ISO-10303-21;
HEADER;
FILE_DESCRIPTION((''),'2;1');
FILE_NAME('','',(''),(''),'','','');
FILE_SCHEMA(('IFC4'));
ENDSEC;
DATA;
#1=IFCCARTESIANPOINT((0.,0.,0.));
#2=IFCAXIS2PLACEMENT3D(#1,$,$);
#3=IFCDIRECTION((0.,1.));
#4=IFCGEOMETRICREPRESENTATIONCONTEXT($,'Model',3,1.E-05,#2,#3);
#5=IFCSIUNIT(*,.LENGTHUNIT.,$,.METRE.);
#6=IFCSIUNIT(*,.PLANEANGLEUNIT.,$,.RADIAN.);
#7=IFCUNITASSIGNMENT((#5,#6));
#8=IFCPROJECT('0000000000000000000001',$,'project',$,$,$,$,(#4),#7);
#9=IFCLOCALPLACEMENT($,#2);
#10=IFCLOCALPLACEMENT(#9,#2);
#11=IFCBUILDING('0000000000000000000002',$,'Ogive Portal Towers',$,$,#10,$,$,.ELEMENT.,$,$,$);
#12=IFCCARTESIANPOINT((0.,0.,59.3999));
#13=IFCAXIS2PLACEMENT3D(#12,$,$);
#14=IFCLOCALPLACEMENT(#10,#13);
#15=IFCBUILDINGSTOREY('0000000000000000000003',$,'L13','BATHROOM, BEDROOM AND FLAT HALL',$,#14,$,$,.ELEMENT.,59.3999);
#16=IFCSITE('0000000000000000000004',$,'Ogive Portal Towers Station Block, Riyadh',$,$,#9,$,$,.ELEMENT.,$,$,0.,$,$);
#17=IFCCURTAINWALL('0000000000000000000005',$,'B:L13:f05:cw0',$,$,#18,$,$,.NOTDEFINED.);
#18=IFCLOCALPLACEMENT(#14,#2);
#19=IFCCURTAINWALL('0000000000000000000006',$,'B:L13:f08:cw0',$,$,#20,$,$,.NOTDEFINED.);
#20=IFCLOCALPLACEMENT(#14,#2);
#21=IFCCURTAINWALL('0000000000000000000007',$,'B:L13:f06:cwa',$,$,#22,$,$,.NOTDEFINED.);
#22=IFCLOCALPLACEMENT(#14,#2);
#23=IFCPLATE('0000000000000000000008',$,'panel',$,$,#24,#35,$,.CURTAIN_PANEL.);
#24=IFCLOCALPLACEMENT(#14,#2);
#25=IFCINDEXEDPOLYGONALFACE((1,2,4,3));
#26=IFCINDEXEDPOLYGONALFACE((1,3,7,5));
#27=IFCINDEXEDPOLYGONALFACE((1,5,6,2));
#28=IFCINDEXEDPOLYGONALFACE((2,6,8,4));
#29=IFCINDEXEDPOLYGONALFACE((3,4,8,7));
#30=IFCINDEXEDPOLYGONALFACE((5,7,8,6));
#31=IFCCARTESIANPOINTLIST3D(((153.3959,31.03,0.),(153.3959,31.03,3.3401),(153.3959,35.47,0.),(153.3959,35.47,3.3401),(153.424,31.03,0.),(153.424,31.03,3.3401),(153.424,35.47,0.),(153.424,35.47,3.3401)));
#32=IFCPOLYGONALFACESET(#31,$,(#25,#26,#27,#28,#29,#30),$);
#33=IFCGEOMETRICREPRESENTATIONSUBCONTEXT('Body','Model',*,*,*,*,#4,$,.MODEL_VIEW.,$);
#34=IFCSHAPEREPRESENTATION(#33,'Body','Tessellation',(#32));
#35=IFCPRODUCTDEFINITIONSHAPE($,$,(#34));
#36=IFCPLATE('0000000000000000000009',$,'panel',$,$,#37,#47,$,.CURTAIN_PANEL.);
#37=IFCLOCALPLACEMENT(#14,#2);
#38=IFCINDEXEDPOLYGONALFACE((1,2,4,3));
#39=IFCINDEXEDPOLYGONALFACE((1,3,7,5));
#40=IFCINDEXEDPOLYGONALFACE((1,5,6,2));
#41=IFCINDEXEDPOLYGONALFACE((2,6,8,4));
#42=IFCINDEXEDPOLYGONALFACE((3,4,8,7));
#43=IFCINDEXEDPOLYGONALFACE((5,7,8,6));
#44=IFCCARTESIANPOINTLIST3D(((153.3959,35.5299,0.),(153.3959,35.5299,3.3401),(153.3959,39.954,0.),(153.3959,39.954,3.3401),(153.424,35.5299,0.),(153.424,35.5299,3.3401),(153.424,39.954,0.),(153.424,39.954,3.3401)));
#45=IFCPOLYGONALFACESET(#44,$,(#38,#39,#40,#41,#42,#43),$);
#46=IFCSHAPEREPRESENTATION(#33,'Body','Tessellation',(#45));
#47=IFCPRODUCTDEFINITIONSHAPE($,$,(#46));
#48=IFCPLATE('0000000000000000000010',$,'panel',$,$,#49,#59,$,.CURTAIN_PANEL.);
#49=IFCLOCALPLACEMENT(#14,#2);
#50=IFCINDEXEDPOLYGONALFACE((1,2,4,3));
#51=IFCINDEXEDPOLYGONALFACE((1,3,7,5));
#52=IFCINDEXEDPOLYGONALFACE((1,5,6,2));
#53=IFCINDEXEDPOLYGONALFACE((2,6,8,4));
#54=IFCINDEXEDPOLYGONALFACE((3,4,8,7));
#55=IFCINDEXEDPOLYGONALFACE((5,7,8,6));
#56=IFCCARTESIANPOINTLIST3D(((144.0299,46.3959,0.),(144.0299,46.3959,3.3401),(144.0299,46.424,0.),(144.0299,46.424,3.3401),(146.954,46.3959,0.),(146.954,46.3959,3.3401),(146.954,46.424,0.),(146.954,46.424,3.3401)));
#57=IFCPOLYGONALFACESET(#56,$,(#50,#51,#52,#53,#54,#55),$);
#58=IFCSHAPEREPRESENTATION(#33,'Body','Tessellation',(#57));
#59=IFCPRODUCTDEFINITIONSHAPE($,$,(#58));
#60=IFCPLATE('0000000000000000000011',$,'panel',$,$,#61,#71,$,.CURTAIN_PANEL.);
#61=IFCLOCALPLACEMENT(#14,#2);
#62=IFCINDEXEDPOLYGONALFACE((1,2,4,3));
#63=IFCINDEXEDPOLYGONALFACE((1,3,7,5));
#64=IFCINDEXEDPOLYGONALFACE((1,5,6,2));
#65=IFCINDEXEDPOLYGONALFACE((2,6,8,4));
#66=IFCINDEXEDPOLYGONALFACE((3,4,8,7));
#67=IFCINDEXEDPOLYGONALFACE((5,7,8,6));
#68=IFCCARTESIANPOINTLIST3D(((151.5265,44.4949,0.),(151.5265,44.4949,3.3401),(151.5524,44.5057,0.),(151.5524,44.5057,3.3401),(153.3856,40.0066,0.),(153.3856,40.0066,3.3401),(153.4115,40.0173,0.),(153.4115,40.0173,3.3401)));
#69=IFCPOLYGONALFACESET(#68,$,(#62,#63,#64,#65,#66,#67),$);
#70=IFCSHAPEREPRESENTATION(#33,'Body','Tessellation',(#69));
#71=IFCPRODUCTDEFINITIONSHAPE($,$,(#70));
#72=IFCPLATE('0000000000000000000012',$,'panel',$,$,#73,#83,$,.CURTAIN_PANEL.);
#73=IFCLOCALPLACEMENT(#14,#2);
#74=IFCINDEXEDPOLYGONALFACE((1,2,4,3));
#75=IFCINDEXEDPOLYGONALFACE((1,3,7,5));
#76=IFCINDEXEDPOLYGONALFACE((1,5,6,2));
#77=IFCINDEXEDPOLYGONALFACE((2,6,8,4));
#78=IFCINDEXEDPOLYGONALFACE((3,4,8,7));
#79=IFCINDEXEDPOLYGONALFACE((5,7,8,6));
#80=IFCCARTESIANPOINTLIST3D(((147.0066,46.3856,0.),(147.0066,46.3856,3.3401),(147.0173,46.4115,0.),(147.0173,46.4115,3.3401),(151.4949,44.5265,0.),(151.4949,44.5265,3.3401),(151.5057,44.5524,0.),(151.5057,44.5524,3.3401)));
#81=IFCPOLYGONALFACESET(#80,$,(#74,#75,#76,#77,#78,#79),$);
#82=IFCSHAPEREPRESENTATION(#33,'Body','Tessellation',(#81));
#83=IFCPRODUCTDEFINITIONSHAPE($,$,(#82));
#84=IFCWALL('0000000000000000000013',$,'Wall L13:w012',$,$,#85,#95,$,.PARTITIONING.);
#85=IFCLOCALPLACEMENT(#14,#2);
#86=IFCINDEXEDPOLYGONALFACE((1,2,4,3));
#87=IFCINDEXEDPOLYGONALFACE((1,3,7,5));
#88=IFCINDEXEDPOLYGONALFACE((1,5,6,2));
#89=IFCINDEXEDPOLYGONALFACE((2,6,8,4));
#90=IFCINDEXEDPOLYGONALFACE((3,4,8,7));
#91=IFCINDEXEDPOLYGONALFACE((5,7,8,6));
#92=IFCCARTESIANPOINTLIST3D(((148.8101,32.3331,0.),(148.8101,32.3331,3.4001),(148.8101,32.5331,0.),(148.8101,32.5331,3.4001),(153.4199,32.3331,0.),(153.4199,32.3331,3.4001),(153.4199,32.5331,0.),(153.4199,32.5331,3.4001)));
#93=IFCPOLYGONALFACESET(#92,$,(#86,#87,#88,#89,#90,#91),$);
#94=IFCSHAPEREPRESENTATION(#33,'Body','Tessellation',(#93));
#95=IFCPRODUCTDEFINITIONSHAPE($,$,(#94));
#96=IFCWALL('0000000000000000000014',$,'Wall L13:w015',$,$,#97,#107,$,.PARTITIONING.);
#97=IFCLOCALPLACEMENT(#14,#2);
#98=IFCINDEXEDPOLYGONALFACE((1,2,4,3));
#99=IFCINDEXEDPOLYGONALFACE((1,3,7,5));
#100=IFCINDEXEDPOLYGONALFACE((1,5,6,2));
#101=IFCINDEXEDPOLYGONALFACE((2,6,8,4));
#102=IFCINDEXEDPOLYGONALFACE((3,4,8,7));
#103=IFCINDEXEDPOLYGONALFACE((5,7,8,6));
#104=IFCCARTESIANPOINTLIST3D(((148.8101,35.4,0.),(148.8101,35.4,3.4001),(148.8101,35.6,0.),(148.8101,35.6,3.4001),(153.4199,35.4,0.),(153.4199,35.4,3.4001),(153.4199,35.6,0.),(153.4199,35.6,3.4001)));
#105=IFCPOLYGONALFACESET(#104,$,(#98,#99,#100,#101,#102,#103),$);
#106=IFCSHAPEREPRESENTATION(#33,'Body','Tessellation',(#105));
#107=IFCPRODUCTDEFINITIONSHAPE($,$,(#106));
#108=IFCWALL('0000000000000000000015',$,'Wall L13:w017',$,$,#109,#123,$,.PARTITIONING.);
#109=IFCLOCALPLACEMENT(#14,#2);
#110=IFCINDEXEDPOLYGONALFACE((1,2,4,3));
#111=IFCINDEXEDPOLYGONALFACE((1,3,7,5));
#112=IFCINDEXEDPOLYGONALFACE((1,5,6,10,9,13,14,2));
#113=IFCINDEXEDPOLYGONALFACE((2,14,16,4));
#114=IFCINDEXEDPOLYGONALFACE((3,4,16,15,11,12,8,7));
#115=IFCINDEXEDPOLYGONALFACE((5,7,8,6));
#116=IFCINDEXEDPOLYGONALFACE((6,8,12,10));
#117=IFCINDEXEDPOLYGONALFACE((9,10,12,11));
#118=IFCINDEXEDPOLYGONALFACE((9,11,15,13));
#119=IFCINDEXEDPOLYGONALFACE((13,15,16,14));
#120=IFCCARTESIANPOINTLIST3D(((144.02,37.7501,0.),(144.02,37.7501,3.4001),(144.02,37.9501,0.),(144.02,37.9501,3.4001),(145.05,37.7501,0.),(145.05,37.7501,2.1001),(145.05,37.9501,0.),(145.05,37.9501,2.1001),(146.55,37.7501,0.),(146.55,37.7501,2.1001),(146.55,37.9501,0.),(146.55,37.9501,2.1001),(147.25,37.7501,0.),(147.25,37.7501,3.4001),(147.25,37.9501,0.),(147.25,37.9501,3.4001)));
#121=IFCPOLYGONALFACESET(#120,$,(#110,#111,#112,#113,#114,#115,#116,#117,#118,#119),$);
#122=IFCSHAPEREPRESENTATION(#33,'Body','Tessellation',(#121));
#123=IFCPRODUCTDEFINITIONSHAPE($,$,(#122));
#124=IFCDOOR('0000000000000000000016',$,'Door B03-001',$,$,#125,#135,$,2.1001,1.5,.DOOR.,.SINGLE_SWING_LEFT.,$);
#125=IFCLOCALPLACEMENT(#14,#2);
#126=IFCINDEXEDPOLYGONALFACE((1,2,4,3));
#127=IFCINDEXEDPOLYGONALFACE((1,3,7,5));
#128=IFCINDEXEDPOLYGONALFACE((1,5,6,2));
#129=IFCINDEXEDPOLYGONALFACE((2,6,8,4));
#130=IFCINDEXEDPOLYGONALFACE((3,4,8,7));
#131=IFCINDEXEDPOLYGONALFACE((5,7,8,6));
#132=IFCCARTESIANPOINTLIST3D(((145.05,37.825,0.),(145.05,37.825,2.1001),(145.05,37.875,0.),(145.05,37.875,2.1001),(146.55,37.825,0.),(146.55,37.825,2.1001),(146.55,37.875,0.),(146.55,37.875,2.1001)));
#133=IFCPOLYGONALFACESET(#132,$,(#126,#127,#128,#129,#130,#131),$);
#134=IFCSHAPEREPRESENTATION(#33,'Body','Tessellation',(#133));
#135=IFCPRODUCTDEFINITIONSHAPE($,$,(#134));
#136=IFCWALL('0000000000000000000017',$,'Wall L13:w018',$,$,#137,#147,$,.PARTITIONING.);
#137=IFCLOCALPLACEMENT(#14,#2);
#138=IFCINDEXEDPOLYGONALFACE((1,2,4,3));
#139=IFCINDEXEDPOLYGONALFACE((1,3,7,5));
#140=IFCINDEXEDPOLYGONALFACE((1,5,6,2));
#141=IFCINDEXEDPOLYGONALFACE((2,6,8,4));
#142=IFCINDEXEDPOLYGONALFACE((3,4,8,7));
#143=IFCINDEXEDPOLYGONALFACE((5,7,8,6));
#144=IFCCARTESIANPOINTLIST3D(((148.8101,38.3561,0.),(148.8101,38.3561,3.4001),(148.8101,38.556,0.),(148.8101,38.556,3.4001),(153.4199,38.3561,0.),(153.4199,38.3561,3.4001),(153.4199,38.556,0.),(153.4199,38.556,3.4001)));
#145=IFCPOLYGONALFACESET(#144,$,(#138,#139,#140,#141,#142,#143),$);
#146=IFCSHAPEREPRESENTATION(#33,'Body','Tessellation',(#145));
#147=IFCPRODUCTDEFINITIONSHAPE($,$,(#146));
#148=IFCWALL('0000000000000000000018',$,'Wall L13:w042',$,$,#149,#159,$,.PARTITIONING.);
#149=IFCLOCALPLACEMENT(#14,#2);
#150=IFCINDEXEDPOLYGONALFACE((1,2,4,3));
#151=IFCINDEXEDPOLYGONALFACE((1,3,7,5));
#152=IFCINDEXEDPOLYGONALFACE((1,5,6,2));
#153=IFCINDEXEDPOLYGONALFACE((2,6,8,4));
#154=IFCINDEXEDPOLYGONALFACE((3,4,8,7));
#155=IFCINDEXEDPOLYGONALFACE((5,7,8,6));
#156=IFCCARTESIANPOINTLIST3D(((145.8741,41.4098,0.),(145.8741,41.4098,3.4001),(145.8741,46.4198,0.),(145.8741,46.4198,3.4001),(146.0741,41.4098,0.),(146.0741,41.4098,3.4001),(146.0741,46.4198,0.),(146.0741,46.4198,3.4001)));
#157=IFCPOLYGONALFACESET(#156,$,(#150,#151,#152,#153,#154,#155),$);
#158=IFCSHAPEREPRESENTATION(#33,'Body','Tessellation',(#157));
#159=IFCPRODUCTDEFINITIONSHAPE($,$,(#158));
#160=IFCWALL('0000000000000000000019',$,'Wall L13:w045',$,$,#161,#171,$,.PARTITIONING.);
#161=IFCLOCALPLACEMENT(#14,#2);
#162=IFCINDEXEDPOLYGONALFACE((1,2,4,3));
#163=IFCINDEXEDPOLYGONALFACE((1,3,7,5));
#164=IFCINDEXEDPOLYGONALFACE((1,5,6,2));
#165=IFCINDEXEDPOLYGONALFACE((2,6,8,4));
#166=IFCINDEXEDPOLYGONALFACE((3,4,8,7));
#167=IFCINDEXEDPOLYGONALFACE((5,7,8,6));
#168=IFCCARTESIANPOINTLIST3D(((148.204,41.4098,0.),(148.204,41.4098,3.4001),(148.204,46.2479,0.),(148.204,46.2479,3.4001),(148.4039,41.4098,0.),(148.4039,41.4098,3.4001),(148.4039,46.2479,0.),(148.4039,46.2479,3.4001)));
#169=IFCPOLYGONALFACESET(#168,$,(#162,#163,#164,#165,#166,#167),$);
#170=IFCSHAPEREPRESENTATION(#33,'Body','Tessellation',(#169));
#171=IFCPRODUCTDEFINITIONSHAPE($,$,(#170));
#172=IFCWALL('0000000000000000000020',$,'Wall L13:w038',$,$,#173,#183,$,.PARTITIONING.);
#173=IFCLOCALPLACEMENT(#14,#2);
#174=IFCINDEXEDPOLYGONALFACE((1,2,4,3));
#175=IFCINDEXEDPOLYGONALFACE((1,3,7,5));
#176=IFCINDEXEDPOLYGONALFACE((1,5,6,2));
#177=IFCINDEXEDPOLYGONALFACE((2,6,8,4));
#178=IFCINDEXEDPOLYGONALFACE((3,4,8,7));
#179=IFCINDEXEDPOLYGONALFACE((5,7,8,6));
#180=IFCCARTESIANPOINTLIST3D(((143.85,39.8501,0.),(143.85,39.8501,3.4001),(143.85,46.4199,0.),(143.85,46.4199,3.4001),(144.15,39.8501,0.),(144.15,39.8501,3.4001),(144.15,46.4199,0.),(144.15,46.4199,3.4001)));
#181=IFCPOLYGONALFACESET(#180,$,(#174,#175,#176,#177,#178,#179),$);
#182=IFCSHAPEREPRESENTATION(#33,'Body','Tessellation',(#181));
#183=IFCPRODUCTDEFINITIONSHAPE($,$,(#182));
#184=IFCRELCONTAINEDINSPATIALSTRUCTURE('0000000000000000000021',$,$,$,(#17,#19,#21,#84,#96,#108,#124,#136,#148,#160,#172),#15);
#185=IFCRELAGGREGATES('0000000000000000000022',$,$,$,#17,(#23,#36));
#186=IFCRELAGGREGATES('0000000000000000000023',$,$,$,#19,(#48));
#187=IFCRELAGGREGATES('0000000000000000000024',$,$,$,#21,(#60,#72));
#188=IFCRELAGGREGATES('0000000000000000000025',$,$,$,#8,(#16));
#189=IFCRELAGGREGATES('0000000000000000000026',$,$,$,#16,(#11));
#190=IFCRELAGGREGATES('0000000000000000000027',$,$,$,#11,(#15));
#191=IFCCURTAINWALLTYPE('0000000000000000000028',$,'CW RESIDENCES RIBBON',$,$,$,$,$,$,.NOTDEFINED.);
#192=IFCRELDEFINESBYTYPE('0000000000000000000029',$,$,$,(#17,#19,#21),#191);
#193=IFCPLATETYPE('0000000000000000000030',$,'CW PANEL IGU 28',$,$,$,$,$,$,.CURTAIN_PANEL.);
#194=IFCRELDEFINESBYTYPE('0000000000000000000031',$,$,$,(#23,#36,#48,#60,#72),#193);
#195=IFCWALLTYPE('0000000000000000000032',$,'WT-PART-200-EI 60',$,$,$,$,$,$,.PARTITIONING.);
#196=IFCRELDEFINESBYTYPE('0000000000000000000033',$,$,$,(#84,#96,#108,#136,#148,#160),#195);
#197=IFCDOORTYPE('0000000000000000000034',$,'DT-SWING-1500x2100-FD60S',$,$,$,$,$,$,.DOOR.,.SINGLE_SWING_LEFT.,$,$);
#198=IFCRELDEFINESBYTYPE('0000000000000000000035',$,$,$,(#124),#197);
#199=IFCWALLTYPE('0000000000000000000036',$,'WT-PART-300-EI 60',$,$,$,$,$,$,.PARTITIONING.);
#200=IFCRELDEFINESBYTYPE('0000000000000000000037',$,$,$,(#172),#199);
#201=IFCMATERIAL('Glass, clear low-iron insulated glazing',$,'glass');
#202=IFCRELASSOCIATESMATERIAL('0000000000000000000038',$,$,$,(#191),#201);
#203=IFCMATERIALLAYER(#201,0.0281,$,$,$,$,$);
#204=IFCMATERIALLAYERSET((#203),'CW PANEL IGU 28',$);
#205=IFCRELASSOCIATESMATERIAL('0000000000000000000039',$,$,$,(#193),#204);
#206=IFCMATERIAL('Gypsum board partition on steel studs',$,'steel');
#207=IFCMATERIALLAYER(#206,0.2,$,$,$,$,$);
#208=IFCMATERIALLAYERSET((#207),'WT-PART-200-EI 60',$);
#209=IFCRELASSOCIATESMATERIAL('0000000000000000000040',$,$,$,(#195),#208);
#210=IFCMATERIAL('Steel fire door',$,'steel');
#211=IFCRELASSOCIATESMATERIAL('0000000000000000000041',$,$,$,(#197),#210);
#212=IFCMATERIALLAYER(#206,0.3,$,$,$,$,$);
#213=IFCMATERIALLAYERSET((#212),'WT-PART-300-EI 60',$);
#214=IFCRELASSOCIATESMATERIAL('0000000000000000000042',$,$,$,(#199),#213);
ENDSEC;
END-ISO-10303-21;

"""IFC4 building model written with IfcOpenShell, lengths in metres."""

from ifc_helpers import new_model, si_unit, direction, frame, frame_2d, origin, origin_2d, place, context, subcontext, project, spatial, rectangle, extrude, material, layer, layer_set, type_object, element, fill, aggregate, save


model = new_model("IFC4")

# Units and contexts
model_context = context("Model", 3, precision=1e-05, world=origin(), true_north=direction((0.0, 1.0)))
body_context = subcontext(model_context, "Body", "Model", "MODEL_VIEW")
ifc_project = project(units=[si_unit("LENGTHUNIT", "METRE"), si_unit("PLANEANGLEUNIT", "RADIAN")], contexts=[model_context])

# Site, building, storey
site_placement = place(None, origin())
site = spatial("IfcSite", under=ifc_project, at=site_placement, Name="Ogive Portal Towers Station Block, Riyadh", CompositionType="ELEMENT", RefElevation=0.0)
building_placement = place(site_placement, origin())
building = spatial("IfcBuilding", under=site, at=building_placement, Name="Ogive Portal Towers", CompositionType="ELEMENT")
storey_placement = place(building_placement, frame((0.0, 0.0, 59.3999)))
storey = spatial("IfcBuildingStorey", under=building, at=storey_placement, Name="L13", Description="BATHROOM, BEDROOM AND FLAT HALL", CompositionType="ELEMENT", Elevation=59.3999)

# Curtain walls
ifc_material_1 = material(Name="Glass, clear low-iron insulated glazing", Category="glass")
curtain_wall_type = type_object("IfcCurtainWallType", Name="CW RESIDENCES RIBBON", PredefinedType="NOTDEFINED", material=ifc_material_1)
curtain_wall_1_placement = place(storey_placement, origin())
curtain_wall_1 = element("IfcCurtainWall", 1, at=curtain_wall_1_placement, inside=storey, type_object=curtain_wall_type, Name="B:L13:f05:cw0", PredefinedType="NOTDEFINED")
curtain_wall_2_placement = place(storey_placement, origin())
curtain_wall_2 = element("IfcCurtainWall", 2, at=curtain_wall_2_placement, inside=storey, type_object=curtain_wall_type, Name="B:L13:f08:cw0", PredefinedType="NOTDEFINED")

# Curtain wall
curtain_wall_3_placement = place(storey_placement, origin())
curtain_wall_3 = element("IfcCurtainWall", 3, at=curtain_wall_3_placement, inside=storey, type_object=curtain_wall_type, Name="B:L13:f06:cwa", PredefinedType="NOTDEFINED")

# Plates
ifc_layer_1 = layer(ifc_material_1, 0.0281)
ifc_layer_set_1 = layer_set([ifc_layer_1], Name="CW PANEL IGU 28")
plate_type = type_object("IfcPlateType", Name="CW PANEL IGU 28", PredefinedType="CURTAIN_PANEL", material=ifc_layer_set_1)
plate_1_placement = place(storey_placement, frame((153.4099, 33.25, 0.0), z_axis=(0.0, 0.0, 1.0), x_axis=(0.0, 1.0, 0.0)))
plate_1 = element("IfcPlate", 4, at=plate_1_placement, type_object=plate_type, Name="panel", PredefinedType="CURTAIN_PANEL", context=body_context, shape_type="SweptSolid", body=[
    extrude(rectangle(XDim=4.4399, YDim=0.0281, at=origin_2d()), origin(), (0.0, 0.0, 1.0), 3.3401),
])
plate_2_placement = place(storey_placement, frame((153.4099, 37.7419, 0.0), z_axis=(0.0, 0.0, 1.0), x_axis=(0.0, 1.0, 0.0)))
plate_2 = element("IfcPlate", 5, at=plate_2_placement, type_object=plate_type, Name="panel", PredefinedType="CURTAIN_PANEL", context=body_context, shape_type="SweptSolid", body=[
    extrude(rectangle(XDim=4.4241, YDim=0.0281, at=origin_2d()), origin(), (0.0, 0.0, 1.0), 3.3401),
])
aggregate(curtain_wall_1, [plate_1, plate_2])
plate_3_placement = place(storey_placement, frame((145.4919, 46.4099, 0.0), z_axis=(0.0, 0.0, 1.0), x_axis=(-1.0, 0.0, 0.0)))
plate_3 = element("IfcPlate", 6, at=plate_3_placement, type_object=plate_type, Name="panel", PredefinedType="CURTAIN_PANEL", context=body_context, shape_type="SweptSolid", body=[
    extrude(rectangle(XDim=2.9241, YDim=0.0281, at=origin_2d()), origin(), (0.0, 0.0, 1.0), 3.3401),
])
aggregate(curtain_wall_2, [plate_3])
plate_4_placement = place(storey_placement, frame((152.469, 42.2561, 0.0), z_axis=(0.0, 0.0, 1.0), x_axis=(-0.382683, 0.92388, 0.0)))
plate_4 = element("IfcPlate", 7, at=plate_4_placement, type_object=plate_type, Name="panel", PredefinedType="CURTAIN_PANEL", context=body_context, shape_type="SweptSolid", body=[
    extrude(rectangle(XDim=4.8582, YDim=0.0281, at=origin_2d()), origin(), (0.0, 0.0, 1.0), 3.3401),
])
plate_5_placement = place(storey_placement, frame((149.2561, 45.469, 0.0), z_axis=(0.0, 0.0, 1.0), x_axis=(-0.92388, 0.382683, 0.0)))
plate_5 = element("IfcPlate", 8, at=plate_5_placement, type_object=plate_type, Name="panel", PredefinedType="CURTAIN_PANEL", context=body_context, shape_type="SweptSolid", body=[
    extrude(rectangle(XDim=4.8582, YDim=0.0281, at=origin_2d()), origin(), (0.0, 0.0, 1.0), 3.3401),
])
aggregate(curtain_wall_3, [plate_4, plate_5])

# Walls
ifc_material_2 = material(Name="Gypsum board partition on steel studs", Category="steel")
ifc_layer_2 = layer(ifc_material_2, 0.2)
ifc_layer_set_2 = layer_set([ifc_layer_2], Name="WT-PART-200-EI 60")
wall_type_1 = type_object("IfcWallType", Name="WT-PART-200-EI 60", PredefinedType="PARTITIONING", material=ifc_layer_set_2)
for number, where, z_axis, x_axis, name in (
    (9, (148.8101, 32.4331, 0.0), (0.0, 0.0, 1.0), (1.0, 0.0, 0.0), "Wall L13:w012"),
    (10, (148.8101, 35.5, 0.0), (0.0, 0.0, 1.0), (1.0, 0.0, 0.0), "Wall L13:w015"),
):
    element("IfcWall", number, at=place(storey_placement, frame(where, z_axis=z_axis, x_axis=x_axis)), inside=storey, type_object=wall_type_1, Name=name, PredefinedType="PARTITIONING", context=body_context, shape_type="SweptSolid", body=[
        extrude(rectangle(XDim=4.6099, YDim=0.2, at=frame_2d((2.3049, 0.0))), origin(), (0.0, 0.0, 1.0), 3.4001),
    ])

# Wall, opening, door
wall_1_placement = place(storey_placement, frame((144.02, 37.8501, 0.0), z_axis=(0.0, 0.0, 1.0), x_axis=(1.0, 0.0, 0.0)))
wall_1 = element("IfcWall", 11, at=wall_1_placement, inside=storey, type_object=wall_type_1, Name="Wall L13:w017", PredefinedType="PARTITIONING", context=body_context, shape_type="SweptSolid", body=[
    extrude(rectangle(XDim=3.23, YDim=0.2, at=frame_2d((1.615, 0.0))), origin(), (0.0, 0.0, 1.0), 3.4001),
])
opening_placement = place(wall_1_placement, frame((1.03, 0.0, 0.0)))
opening = element("IfcOpeningElement", 12, at=opening_placement, cuts=wall_1, PredefinedType="OPENING", context=body_context, shape_type="SweptSolid", body=[
    extrude(rectangle(XDim=1.5, YDim=2.1001, at=frame_2d((0.75, 1.05))), frame((0.0, 0.1099, 0.0), z_axis=(0.0, -1.0, 0.0), x_axis=(1.0, 0.0, 0.0)), (0.0, 0.0, 1.0), 0.22),
])
ifc_material_3 = material(Name="Steel fire door", Category="steel")
door_type = type_object("IfcDoorType", Name="DT-SWING-1500x2100-FD60S", OperationType="SINGLE_SWING_LEFT", PredefinedType="DOOR", material=ifc_material_3)
door_placement = place(opening_placement, origin())
door = element("IfcDoor", 13, at=door_placement, inside=storey, type_object=door_type, Name="Door B03-001", OperationType="SINGLE_SWING_LEFT", OverallHeight=2.1001, OverallWidth=1.5, PredefinedType="DOOR", context=body_context, shape_type="SweptSolid", body=[
    extrude(rectangle(XDim=1.5, YDim=2.1001, at=frame_2d((0.75, 1.05))), frame((0.0, 0.0249, 0.0), z_axis=(0.0, -1.0, 0.0), x_axis=(1.0, 0.0, 0.0)), (0.0, 0.0, 1.0), 0.05),
])
fill(opening, door)

# Walls
wall_2_placement = place(storey_placement, frame((148.8101, 38.4561, 0.0), z_axis=(0.0, 0.0, 1.0), x_axis=(1.0, 0.0, 0.0)))
element("IfcWall", 14, at=wall_2_placement, inside=storey, type_object=wall_type_1, Name="Wall L13:w018", PredefinedType="PARTITIONING", context=body_context, shape_type="SweptSolid", body=[
    extrude(rectangle(XDim=4.6099, YDim=0.2, at=frame_2d((2.3049, 0.0))), origin(), (0.0, 0.0, 1.0), 3.4001),
])
wall_3_placement = place(storey_placement, frame((145.9741, 41.4099, 0.0), z_axis=(0.0, 0.0, 1.0), x_axis=(0.0, 1.0, 0.0)))
element("IfcWall", 15, at=wall_3_placement, inside=storey, type_object=wall_type_1, Name="Wall L13:w042", PredefinedType="PARTITIONING", context=body_context, shape_type="SweptSolid", body=[
    extrude(rectangle(XDim=5.01, YDim=0.2, at=frame_2d((2.5049, 0.0))), origin(), (0.0, 0.0, 1.0), 3.4001),
])
wall_4_placement = place(storey_placement, frame((148.304, 41.4099, 0.0), z_axis=(0.0, 0.0, 1.0), x_axis=(0.0, 1.0, 0.0)))
element("IfcWall", 16, at=wall_4_placement, inside=storey, type_object=wall_type_1, Name="Wall L13:w045", PredefinedType="PARTITIONING", context=body_context, shape_type="SweptSolid", body=[
    extrude(rectangle(XDim=4.8381, YDim=0.2, at=frame_2d((2.4189, 0.0))), origin(), (0.0, 0.0, 1.0), 3.4001),
])
ifc_layer_3 = layer(ifc_material_2, 0.3)
ifc_layer_set_3 = layer_set([ifc_layer_3], Name="WT-PART-300-EI 60")
wall_type_2 = type_object("IfcWallType", Name="WT-PART-300-EI 60", PredefinedType="PARTITIONING", material=ifc_layer_set_3)
wall_5_placement = place(storey_placement, frame((144.0, 39.8501, 0.0), z_axis=(0.0, 0.0, 1.0), x_axis=(0.0, 1.0, 0.0)))
element("IfcWall", 17, at=wall_5_placement, inside=storey, type_object=wall_type_2, Name="Wall L13:w038", PredefinedType="PARTITIONING", context=body_context, shape_type="SweptSolid", body=[
    extrude(rectangle(XDim=6.5698, YDim=0.3, at=frame_2d((3.2849, 0.0))), origin(), (0.0, 0.0, 1.0), 3.4001),
])

save(model, "model.ifc")
